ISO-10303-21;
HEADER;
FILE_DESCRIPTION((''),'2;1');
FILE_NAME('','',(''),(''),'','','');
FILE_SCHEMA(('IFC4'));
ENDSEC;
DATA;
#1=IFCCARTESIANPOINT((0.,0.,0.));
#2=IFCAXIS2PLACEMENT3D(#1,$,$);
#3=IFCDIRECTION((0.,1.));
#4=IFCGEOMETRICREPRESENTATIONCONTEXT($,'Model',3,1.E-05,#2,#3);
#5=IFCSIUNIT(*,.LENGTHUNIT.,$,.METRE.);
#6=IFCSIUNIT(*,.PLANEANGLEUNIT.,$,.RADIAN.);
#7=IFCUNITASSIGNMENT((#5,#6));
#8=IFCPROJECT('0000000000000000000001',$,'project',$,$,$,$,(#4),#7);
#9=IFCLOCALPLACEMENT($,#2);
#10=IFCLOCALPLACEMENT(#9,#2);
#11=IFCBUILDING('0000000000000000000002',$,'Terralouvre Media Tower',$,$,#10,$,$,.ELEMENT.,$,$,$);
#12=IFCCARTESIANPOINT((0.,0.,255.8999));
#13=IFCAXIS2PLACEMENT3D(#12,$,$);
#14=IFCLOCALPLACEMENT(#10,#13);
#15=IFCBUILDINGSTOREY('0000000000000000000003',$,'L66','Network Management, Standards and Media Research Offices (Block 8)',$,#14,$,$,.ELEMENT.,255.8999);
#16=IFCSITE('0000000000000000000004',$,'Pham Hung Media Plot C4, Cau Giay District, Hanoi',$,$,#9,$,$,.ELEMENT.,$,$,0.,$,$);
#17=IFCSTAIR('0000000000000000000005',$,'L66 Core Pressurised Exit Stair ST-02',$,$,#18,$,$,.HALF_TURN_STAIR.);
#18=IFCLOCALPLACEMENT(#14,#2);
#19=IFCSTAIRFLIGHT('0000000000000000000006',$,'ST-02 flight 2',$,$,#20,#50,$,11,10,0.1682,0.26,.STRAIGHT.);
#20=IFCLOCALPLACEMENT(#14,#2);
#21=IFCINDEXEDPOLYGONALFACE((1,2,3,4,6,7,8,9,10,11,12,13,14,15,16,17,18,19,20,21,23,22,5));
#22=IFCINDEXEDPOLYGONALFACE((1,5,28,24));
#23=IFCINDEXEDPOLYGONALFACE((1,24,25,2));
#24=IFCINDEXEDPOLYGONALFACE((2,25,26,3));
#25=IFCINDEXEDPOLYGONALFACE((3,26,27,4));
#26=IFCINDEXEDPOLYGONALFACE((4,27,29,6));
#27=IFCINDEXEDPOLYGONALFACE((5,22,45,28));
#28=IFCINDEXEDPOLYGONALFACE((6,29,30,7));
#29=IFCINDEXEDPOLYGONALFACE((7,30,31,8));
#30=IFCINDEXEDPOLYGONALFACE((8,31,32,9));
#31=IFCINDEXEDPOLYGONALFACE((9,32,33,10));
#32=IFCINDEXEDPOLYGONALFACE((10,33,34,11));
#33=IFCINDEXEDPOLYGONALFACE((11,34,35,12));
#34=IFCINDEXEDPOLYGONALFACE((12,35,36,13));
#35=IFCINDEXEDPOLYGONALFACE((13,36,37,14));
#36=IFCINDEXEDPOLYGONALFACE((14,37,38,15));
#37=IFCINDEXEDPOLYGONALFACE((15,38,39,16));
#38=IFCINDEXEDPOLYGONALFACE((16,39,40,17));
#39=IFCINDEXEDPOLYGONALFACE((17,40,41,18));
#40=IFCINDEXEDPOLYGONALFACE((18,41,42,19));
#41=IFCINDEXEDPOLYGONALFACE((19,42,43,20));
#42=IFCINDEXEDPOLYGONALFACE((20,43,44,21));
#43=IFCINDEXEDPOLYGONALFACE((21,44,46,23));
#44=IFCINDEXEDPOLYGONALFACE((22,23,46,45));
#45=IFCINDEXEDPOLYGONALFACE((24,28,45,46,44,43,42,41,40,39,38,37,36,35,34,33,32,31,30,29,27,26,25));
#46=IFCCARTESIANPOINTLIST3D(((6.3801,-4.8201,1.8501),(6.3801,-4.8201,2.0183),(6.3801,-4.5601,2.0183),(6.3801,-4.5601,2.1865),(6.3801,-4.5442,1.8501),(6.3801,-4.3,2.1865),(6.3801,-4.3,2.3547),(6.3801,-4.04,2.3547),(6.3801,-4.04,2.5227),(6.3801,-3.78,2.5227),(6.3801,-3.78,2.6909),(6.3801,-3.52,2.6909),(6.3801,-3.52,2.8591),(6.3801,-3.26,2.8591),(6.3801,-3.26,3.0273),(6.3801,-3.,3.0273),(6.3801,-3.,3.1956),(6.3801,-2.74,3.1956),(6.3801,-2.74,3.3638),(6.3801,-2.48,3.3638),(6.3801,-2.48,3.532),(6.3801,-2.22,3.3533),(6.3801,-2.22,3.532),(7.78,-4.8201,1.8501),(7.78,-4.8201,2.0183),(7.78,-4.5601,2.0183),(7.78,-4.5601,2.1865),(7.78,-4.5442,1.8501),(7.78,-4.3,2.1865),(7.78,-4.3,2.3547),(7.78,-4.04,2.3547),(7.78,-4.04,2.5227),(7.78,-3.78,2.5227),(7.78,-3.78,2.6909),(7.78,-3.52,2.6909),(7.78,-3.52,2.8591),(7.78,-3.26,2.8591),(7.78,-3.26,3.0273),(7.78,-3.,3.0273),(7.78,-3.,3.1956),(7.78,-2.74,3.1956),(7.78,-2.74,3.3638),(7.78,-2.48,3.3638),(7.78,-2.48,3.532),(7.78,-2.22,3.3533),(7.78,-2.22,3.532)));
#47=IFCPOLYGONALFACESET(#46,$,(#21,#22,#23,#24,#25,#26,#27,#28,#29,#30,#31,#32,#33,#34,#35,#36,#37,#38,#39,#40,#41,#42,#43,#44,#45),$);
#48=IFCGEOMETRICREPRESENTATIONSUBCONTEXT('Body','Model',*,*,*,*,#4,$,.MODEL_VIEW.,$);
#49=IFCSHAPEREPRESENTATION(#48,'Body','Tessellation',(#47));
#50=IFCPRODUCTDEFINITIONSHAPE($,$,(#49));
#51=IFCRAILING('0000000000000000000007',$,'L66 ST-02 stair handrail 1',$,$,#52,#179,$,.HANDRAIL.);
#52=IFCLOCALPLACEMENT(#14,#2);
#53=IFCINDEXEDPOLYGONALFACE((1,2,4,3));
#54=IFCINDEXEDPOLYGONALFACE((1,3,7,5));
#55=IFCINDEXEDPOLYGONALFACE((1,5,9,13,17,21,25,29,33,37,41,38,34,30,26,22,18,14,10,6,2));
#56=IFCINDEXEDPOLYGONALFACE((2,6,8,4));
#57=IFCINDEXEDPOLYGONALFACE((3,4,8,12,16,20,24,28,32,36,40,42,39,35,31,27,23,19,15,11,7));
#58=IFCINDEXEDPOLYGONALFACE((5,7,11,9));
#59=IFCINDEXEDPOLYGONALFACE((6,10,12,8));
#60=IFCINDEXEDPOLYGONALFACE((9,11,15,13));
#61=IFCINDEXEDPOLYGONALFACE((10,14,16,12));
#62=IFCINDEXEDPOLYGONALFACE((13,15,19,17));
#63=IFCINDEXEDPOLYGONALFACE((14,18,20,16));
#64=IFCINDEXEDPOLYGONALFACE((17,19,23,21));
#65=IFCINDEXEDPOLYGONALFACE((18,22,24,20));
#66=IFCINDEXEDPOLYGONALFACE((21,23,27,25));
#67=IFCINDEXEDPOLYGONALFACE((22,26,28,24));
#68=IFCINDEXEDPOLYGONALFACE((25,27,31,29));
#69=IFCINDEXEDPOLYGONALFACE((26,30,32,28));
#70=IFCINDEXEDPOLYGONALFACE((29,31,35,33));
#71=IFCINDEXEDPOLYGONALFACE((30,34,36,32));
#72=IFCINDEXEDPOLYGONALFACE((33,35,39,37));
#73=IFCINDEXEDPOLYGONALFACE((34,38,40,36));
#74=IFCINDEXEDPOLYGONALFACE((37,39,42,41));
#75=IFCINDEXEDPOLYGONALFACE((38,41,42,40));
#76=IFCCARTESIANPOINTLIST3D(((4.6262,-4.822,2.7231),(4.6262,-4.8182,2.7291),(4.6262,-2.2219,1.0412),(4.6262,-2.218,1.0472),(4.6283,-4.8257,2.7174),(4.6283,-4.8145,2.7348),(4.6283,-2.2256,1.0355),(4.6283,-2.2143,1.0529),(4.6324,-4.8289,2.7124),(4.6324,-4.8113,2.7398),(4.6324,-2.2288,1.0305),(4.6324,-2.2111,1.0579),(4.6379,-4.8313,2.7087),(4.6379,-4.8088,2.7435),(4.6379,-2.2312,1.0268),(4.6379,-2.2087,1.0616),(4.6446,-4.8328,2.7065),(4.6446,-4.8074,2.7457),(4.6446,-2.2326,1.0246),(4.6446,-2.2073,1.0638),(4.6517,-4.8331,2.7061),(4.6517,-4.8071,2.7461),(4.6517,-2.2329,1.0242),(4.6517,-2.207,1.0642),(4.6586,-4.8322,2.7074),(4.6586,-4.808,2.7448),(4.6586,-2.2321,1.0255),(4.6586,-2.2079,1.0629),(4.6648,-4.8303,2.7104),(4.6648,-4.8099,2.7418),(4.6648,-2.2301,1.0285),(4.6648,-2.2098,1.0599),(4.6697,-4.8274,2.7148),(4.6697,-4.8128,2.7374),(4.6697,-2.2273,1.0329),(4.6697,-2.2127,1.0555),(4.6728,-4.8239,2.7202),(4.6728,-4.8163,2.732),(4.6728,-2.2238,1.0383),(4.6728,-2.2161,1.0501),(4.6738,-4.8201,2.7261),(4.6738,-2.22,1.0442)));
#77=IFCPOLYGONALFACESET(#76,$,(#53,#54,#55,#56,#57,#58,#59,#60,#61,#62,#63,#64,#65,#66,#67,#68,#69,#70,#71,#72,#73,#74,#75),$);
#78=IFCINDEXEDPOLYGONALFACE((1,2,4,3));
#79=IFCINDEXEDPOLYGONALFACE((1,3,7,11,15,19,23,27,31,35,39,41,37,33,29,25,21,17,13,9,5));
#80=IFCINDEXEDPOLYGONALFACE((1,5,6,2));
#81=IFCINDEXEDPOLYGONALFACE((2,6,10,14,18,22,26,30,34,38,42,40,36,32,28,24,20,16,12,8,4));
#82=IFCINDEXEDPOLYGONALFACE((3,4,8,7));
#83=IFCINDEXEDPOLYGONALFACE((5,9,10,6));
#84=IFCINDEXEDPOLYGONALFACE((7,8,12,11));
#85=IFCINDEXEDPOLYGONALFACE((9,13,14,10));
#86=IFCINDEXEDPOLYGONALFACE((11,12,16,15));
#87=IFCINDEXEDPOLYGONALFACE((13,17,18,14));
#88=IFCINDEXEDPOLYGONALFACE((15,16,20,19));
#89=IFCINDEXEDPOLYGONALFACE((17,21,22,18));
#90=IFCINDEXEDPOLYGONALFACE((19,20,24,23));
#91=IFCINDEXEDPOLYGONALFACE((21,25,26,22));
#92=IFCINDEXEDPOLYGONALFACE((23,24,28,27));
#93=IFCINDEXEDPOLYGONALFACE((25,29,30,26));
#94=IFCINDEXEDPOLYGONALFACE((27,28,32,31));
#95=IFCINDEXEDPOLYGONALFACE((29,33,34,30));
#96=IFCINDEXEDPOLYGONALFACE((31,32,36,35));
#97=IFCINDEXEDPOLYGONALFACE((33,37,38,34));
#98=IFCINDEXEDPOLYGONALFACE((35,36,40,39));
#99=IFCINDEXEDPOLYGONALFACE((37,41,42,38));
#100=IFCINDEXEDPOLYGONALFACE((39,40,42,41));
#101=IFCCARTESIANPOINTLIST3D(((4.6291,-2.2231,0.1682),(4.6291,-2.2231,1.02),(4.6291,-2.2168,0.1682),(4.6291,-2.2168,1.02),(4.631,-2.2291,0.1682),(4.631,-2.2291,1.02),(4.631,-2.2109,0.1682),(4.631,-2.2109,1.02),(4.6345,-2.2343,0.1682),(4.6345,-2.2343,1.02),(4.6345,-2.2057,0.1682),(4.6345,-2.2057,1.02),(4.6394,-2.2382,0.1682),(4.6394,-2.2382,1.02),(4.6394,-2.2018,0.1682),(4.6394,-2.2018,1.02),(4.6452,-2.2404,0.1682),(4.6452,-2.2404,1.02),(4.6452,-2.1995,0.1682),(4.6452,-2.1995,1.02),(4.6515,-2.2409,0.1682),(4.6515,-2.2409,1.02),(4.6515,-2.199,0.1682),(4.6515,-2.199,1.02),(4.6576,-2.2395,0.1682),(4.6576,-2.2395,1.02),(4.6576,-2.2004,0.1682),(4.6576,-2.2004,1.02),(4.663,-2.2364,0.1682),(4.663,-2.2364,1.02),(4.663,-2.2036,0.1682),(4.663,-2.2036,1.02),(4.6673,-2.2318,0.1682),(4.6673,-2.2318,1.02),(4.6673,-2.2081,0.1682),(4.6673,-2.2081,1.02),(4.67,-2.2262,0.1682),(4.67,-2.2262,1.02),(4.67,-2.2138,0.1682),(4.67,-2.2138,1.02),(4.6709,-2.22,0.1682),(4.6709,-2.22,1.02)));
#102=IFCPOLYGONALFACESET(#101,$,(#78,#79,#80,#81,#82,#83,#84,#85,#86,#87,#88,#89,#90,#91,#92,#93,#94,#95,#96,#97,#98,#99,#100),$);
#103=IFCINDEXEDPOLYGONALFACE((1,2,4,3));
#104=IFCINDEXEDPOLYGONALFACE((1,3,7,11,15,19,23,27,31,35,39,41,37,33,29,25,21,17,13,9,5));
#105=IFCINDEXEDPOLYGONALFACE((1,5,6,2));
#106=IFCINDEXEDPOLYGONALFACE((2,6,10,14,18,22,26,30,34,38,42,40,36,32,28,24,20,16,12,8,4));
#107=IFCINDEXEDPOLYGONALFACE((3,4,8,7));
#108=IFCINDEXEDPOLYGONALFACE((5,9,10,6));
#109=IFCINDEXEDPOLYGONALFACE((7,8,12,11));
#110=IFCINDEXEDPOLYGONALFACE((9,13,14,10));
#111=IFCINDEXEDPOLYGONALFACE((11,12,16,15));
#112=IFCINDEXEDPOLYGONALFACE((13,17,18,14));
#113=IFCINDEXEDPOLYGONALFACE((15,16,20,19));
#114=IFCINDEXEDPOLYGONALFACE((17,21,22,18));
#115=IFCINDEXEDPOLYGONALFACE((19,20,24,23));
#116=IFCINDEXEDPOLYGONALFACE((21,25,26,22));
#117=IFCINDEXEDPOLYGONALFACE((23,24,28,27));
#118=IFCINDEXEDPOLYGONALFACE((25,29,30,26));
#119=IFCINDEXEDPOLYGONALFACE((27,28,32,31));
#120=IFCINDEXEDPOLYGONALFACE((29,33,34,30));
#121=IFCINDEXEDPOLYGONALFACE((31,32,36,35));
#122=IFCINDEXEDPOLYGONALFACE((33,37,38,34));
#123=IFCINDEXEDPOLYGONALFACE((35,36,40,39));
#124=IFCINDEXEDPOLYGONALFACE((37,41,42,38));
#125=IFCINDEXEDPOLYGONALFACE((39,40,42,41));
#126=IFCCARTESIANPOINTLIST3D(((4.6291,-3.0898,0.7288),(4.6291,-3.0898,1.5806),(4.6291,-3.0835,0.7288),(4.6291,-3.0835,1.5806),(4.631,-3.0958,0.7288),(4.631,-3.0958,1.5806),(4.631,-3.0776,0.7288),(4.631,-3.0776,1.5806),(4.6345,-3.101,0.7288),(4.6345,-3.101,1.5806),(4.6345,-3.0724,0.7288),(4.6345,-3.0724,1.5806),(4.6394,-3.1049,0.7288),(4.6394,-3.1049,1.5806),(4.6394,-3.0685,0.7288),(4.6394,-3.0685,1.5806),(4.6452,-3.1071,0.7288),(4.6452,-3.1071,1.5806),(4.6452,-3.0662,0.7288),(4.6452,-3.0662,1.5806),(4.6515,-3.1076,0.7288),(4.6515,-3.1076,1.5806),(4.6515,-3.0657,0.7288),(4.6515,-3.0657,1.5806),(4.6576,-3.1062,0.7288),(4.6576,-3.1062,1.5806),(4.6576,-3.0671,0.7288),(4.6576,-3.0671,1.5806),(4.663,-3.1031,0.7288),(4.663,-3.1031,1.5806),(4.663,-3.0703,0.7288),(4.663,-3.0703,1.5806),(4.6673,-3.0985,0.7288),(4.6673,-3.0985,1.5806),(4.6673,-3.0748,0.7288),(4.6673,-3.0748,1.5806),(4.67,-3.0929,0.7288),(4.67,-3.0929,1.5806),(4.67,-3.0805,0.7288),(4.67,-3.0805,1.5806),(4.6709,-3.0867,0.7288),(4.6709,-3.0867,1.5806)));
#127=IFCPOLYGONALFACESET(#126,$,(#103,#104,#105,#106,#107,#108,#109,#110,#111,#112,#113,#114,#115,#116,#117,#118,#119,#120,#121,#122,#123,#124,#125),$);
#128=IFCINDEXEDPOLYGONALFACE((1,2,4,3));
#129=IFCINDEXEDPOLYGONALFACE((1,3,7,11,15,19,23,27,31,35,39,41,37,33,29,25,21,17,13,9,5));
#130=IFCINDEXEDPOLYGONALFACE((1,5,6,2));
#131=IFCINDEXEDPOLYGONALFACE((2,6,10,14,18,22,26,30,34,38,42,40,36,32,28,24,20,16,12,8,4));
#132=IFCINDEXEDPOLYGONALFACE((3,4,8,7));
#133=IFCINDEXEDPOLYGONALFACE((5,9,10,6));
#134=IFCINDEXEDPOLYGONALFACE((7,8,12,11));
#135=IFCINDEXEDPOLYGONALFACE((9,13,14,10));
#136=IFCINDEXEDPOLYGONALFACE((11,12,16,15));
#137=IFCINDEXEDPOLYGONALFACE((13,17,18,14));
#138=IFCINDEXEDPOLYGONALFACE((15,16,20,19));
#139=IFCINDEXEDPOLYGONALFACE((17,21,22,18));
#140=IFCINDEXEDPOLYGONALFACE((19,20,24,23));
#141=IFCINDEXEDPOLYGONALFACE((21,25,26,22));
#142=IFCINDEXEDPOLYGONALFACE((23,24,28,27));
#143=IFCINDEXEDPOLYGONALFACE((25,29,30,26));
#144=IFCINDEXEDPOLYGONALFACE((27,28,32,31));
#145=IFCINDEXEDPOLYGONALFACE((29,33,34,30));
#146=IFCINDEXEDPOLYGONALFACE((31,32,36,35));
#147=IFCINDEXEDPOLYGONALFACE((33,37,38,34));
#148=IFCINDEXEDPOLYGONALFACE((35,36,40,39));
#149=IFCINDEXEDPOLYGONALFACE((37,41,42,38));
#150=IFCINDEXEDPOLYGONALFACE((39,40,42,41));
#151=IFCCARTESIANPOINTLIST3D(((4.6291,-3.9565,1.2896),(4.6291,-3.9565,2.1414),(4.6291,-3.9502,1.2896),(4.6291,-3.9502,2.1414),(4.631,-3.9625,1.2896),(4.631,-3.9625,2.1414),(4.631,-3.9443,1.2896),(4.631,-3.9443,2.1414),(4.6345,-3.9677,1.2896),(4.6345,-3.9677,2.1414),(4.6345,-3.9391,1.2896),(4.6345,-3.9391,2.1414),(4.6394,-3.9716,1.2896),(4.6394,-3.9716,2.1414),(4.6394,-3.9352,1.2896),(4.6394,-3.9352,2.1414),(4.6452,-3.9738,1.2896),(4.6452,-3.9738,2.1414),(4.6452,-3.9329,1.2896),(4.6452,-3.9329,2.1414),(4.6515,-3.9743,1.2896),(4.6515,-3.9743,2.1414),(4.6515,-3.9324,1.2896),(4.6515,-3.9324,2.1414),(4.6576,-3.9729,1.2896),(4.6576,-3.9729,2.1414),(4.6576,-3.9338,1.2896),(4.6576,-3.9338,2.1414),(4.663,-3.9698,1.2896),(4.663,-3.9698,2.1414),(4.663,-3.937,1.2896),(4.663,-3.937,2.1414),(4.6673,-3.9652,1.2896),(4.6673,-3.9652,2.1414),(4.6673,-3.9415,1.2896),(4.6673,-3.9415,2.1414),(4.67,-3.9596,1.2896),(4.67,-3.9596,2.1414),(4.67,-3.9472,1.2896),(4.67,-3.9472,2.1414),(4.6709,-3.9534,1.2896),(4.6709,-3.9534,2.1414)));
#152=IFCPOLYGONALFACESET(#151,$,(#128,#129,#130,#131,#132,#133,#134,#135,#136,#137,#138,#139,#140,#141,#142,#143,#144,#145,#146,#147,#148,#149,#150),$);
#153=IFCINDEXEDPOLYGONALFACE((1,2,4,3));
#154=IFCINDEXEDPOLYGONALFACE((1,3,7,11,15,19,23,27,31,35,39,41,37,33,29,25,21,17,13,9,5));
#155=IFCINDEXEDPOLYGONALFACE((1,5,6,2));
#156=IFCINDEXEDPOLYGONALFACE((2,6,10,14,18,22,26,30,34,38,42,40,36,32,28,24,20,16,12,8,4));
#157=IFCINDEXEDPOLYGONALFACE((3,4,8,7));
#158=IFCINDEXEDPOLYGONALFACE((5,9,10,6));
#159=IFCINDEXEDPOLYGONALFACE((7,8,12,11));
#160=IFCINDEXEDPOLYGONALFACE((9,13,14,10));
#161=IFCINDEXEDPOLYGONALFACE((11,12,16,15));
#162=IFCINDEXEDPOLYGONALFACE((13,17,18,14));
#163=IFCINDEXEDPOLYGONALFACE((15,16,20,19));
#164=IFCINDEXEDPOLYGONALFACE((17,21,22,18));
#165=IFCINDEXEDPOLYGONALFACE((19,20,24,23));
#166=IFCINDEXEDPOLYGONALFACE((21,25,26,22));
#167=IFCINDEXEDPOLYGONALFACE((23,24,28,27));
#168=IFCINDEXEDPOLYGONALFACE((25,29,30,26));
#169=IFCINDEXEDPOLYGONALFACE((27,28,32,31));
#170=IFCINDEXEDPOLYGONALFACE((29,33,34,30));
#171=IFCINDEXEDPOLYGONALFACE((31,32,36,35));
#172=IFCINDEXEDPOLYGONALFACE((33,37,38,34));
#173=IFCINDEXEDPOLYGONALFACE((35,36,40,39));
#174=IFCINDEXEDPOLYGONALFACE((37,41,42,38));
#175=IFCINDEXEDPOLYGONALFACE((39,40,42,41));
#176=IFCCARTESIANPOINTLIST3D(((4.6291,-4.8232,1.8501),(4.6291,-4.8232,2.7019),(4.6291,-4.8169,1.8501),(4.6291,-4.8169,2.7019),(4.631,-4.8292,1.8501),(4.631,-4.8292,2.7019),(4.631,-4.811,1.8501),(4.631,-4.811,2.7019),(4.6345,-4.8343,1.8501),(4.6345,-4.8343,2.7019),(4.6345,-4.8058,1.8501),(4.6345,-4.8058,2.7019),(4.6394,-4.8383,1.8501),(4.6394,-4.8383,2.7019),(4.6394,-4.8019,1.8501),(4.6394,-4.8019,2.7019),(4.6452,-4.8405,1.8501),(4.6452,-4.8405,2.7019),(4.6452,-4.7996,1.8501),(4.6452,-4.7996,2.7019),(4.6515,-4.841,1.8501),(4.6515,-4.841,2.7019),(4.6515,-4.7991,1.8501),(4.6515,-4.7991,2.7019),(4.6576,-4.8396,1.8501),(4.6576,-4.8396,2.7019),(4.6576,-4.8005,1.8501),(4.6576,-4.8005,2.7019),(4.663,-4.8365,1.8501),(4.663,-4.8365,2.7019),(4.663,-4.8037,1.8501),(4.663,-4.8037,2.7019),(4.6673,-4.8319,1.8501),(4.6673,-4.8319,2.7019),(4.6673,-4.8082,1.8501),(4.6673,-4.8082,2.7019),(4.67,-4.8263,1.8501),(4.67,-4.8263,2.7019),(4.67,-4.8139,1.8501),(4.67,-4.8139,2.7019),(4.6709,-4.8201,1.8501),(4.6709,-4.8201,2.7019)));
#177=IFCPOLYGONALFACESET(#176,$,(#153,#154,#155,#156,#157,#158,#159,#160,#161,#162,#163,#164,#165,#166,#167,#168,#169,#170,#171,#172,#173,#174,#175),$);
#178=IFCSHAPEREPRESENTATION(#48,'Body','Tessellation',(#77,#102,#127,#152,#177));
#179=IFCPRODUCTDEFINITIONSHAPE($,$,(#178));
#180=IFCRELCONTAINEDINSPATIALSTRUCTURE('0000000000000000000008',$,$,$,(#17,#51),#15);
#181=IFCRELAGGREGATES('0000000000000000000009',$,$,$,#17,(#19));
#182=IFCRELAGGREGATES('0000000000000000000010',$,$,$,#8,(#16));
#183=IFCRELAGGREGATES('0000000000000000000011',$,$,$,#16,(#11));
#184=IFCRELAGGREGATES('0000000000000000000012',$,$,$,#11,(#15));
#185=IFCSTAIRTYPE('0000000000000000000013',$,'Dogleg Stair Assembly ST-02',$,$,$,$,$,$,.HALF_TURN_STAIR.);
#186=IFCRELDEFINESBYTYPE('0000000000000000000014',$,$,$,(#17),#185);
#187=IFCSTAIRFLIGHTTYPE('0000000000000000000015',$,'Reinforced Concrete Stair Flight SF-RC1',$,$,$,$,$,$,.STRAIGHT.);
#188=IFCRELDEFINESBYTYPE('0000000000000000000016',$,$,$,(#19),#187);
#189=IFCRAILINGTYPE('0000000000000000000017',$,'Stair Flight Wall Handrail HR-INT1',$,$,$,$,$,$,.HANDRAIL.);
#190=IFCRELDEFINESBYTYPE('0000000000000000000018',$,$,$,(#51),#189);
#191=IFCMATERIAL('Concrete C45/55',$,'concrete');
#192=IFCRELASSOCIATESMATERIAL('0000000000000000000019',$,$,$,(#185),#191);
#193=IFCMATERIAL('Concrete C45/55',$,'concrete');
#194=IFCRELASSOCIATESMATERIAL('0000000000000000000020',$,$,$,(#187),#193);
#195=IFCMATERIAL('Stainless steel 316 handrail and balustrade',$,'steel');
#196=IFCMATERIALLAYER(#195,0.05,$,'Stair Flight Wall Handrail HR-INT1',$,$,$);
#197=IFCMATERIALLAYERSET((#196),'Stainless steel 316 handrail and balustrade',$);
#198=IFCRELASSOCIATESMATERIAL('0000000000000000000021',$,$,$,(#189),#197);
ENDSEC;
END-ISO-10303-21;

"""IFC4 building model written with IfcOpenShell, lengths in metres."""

from ifc_helpers import new_model, si_unit, direction, frame, origin, origin_2d, place, context, subcontext, project, spatial, polyline, circle, outline, extrude, material, layer, layer_set, type_object, element, aggregate, save


model = new_model("IFC4")

# Units and contexts
model_context = context("Model", 3, precision=1e-05, world=origin(), true_north=direction((0.0, 1.0)))
body_context = subcontext(model_context, "Body", "Model", "MODEL_VIEW")
ifc_project = project(units=[si_unit("LENGTHUNIT", "METRE"), si_unit("PLANEANGLEUNIT", "RADIAN")], contexts=[model_context])

# Site, building, storey
site_placement = place(None, origin())
site = spatial("IfcSite", under=ifc_project, at=site_placement, Name="Pham Hung Media Plot C4, Cau Giay District, Hanoi", CompositionType="ELEMENT", RefElevation=0.0)
building_placement = place(site_placement, origin())
building = spatial("IfcBuilding", under=site, at=building_placement, Name="Terralouvre Media Tower", CompositionType="ELEMENT")
storey_placement = place(building_placement, frame((0.0, 0.0, 255.8999)))
storey = spatial("IfcBuildingStorey", under=building, at=storey_placement, Name="L66", Description="Network Management, Standards and Media Research Offices (Block 8)", CompositionType="ELEMENT", Elevation=255.8999)

# Stair, stair flight
ifc_material_1 = material(Name="Concrete C45/55", Category="concrete")
stair_type = type_object("IfcStairType", Name="Dogleg Stair Assembly ST-02", PredefinedType="HALF_TURN_STAIR", material=ifc_material_1)
stair_placement = place(storey_placement, origin())
stair = element("IfcStair", 1, at=stair_placement, inside=storey, type_object=stair_type, Name="L66 Core Pressurised Exit Stair ST-02", PredefinedType="HALF_TURN_STAIR")
ifc_material_2 = material(Name="Concrete C45/55", Category="concrete")
stair_flight_type = type_object("IfcStairFlightType", Name="Reinforced Concrete Stair Flight SF-RC1", PredefinedType="STRAIGHT", material=ifc_material_2)
stair_flight_1_placement = place(storey_placement, frame((7.0801, -4.8201, 1.8501), z_axis=(0.0, 0.0, 1.0), x_axis=(0.0, 1.0, 0.0)))
stair_flight_1 = element("IfcStairFlight", 2, at=stair_flight_1_placement, type_object=stair_flight_type, Name="ST-02 flight 2", NumberOfRisers=11, NumberOfTreads=10, PredefinedType="STRAIGHT", RiserHeight=0.1682, TreadLength=0.26, context=body_context, shape_type="SweptSolid", body=[
    extrude(outline(polyline([(0.0, 0.0), (0.0, 0.1682), (0.26, 0.1682), (0.26, 0.3364), (0.52, 0.3364), (0.52, 0.5046), (0.78, 0.5046), (0.78, 0.6726), (1.04, 0.6726), (1.04, 0.8408), (1.3, 0.8408), (1.3, 1.009), (1.5601, 1.009), (1.5601, 1.1772), (1.8201, 1.1772), (1.8201, 1.3455), (2.0801, 1.3455), (2.0801, 1.5137), (2.3401, 1.5137), (2.3401, 1.6819), (2.6001, 1.6819), (2.6001, 1.8501), (2.6001, 1.5032), (0.2759, 0.0), (0.0, 0.0)])), frame((0.0, 0.7, 0.0), z_axis=(0.0, -1.0, 0.0), x_axis=(1.0, 0.0, 0.0)), (0.0, 0.0, 1.0), 1.3999),
])
aggregate(stair, [stair_flight_1])

# Railing
ifc_material_3 = material(Name="Stainless steel 316 handrail and balustrade", Category="steel")
ifc_layer_1 = layer(ifc_material_3, 0.05, Name="Stair Flight Wall Handrail HR-INT1")
ifc_layer_set_1 = layer_set([ifc_layer_1], Name="Stainless steel 316 handrail and balustrade")
railing_type_1 = type_object("IfcRailingType", Name="Stair Flight Wall Handrail HR-INT1", PredefinedType="HANDRAIL", material=ifc_layer_set_1)
railing_1_placement = place(storey_placement, frame((4.6499, -2.22, 0.1682)))
element("IfcRailing", 3, at=railing_1_placement, inside=storey, type_object=railing_type_1, Name="L66 ST-02 stair handrail 1", PredefinedType="HANDRAIL", context=body_context, shape_type="SweptSolid", body=[
    extrude(circle(Radius=0.0239, at=origin_2d()), frame((0.0, 0.0, 0.876), z_axis=(0.0, -0.839648, 0.54313), x_axis=(1.0, 0.0, 0.0)), (0.0, 0.0, 1.0), 3.0967),
    extrude(circle(Radius=0.021, at=origin_2d()), origin(), (0.0, 0.0, 1.0), 0.8518),
    extrude(circle(Radius=0.021, at=origin_2d()), frame((0.0, -0.8667, 0.5605)), (0.0, 0.0, 1.0), 0.8518),
    extrude(circle(Radius=0.021, at=origin_2d()), frame((0.0, -1.7334, 1.1213)), (0.0, 0.0, 1.0), 0.8518),
    extrude(circle(Radius=0.021, at=origin_2d()), frame((0.0, -2.6001, 1.6819)), (0.0, 0.0, 1.0), 0.8518),
])

save(model, "model.ifc")
